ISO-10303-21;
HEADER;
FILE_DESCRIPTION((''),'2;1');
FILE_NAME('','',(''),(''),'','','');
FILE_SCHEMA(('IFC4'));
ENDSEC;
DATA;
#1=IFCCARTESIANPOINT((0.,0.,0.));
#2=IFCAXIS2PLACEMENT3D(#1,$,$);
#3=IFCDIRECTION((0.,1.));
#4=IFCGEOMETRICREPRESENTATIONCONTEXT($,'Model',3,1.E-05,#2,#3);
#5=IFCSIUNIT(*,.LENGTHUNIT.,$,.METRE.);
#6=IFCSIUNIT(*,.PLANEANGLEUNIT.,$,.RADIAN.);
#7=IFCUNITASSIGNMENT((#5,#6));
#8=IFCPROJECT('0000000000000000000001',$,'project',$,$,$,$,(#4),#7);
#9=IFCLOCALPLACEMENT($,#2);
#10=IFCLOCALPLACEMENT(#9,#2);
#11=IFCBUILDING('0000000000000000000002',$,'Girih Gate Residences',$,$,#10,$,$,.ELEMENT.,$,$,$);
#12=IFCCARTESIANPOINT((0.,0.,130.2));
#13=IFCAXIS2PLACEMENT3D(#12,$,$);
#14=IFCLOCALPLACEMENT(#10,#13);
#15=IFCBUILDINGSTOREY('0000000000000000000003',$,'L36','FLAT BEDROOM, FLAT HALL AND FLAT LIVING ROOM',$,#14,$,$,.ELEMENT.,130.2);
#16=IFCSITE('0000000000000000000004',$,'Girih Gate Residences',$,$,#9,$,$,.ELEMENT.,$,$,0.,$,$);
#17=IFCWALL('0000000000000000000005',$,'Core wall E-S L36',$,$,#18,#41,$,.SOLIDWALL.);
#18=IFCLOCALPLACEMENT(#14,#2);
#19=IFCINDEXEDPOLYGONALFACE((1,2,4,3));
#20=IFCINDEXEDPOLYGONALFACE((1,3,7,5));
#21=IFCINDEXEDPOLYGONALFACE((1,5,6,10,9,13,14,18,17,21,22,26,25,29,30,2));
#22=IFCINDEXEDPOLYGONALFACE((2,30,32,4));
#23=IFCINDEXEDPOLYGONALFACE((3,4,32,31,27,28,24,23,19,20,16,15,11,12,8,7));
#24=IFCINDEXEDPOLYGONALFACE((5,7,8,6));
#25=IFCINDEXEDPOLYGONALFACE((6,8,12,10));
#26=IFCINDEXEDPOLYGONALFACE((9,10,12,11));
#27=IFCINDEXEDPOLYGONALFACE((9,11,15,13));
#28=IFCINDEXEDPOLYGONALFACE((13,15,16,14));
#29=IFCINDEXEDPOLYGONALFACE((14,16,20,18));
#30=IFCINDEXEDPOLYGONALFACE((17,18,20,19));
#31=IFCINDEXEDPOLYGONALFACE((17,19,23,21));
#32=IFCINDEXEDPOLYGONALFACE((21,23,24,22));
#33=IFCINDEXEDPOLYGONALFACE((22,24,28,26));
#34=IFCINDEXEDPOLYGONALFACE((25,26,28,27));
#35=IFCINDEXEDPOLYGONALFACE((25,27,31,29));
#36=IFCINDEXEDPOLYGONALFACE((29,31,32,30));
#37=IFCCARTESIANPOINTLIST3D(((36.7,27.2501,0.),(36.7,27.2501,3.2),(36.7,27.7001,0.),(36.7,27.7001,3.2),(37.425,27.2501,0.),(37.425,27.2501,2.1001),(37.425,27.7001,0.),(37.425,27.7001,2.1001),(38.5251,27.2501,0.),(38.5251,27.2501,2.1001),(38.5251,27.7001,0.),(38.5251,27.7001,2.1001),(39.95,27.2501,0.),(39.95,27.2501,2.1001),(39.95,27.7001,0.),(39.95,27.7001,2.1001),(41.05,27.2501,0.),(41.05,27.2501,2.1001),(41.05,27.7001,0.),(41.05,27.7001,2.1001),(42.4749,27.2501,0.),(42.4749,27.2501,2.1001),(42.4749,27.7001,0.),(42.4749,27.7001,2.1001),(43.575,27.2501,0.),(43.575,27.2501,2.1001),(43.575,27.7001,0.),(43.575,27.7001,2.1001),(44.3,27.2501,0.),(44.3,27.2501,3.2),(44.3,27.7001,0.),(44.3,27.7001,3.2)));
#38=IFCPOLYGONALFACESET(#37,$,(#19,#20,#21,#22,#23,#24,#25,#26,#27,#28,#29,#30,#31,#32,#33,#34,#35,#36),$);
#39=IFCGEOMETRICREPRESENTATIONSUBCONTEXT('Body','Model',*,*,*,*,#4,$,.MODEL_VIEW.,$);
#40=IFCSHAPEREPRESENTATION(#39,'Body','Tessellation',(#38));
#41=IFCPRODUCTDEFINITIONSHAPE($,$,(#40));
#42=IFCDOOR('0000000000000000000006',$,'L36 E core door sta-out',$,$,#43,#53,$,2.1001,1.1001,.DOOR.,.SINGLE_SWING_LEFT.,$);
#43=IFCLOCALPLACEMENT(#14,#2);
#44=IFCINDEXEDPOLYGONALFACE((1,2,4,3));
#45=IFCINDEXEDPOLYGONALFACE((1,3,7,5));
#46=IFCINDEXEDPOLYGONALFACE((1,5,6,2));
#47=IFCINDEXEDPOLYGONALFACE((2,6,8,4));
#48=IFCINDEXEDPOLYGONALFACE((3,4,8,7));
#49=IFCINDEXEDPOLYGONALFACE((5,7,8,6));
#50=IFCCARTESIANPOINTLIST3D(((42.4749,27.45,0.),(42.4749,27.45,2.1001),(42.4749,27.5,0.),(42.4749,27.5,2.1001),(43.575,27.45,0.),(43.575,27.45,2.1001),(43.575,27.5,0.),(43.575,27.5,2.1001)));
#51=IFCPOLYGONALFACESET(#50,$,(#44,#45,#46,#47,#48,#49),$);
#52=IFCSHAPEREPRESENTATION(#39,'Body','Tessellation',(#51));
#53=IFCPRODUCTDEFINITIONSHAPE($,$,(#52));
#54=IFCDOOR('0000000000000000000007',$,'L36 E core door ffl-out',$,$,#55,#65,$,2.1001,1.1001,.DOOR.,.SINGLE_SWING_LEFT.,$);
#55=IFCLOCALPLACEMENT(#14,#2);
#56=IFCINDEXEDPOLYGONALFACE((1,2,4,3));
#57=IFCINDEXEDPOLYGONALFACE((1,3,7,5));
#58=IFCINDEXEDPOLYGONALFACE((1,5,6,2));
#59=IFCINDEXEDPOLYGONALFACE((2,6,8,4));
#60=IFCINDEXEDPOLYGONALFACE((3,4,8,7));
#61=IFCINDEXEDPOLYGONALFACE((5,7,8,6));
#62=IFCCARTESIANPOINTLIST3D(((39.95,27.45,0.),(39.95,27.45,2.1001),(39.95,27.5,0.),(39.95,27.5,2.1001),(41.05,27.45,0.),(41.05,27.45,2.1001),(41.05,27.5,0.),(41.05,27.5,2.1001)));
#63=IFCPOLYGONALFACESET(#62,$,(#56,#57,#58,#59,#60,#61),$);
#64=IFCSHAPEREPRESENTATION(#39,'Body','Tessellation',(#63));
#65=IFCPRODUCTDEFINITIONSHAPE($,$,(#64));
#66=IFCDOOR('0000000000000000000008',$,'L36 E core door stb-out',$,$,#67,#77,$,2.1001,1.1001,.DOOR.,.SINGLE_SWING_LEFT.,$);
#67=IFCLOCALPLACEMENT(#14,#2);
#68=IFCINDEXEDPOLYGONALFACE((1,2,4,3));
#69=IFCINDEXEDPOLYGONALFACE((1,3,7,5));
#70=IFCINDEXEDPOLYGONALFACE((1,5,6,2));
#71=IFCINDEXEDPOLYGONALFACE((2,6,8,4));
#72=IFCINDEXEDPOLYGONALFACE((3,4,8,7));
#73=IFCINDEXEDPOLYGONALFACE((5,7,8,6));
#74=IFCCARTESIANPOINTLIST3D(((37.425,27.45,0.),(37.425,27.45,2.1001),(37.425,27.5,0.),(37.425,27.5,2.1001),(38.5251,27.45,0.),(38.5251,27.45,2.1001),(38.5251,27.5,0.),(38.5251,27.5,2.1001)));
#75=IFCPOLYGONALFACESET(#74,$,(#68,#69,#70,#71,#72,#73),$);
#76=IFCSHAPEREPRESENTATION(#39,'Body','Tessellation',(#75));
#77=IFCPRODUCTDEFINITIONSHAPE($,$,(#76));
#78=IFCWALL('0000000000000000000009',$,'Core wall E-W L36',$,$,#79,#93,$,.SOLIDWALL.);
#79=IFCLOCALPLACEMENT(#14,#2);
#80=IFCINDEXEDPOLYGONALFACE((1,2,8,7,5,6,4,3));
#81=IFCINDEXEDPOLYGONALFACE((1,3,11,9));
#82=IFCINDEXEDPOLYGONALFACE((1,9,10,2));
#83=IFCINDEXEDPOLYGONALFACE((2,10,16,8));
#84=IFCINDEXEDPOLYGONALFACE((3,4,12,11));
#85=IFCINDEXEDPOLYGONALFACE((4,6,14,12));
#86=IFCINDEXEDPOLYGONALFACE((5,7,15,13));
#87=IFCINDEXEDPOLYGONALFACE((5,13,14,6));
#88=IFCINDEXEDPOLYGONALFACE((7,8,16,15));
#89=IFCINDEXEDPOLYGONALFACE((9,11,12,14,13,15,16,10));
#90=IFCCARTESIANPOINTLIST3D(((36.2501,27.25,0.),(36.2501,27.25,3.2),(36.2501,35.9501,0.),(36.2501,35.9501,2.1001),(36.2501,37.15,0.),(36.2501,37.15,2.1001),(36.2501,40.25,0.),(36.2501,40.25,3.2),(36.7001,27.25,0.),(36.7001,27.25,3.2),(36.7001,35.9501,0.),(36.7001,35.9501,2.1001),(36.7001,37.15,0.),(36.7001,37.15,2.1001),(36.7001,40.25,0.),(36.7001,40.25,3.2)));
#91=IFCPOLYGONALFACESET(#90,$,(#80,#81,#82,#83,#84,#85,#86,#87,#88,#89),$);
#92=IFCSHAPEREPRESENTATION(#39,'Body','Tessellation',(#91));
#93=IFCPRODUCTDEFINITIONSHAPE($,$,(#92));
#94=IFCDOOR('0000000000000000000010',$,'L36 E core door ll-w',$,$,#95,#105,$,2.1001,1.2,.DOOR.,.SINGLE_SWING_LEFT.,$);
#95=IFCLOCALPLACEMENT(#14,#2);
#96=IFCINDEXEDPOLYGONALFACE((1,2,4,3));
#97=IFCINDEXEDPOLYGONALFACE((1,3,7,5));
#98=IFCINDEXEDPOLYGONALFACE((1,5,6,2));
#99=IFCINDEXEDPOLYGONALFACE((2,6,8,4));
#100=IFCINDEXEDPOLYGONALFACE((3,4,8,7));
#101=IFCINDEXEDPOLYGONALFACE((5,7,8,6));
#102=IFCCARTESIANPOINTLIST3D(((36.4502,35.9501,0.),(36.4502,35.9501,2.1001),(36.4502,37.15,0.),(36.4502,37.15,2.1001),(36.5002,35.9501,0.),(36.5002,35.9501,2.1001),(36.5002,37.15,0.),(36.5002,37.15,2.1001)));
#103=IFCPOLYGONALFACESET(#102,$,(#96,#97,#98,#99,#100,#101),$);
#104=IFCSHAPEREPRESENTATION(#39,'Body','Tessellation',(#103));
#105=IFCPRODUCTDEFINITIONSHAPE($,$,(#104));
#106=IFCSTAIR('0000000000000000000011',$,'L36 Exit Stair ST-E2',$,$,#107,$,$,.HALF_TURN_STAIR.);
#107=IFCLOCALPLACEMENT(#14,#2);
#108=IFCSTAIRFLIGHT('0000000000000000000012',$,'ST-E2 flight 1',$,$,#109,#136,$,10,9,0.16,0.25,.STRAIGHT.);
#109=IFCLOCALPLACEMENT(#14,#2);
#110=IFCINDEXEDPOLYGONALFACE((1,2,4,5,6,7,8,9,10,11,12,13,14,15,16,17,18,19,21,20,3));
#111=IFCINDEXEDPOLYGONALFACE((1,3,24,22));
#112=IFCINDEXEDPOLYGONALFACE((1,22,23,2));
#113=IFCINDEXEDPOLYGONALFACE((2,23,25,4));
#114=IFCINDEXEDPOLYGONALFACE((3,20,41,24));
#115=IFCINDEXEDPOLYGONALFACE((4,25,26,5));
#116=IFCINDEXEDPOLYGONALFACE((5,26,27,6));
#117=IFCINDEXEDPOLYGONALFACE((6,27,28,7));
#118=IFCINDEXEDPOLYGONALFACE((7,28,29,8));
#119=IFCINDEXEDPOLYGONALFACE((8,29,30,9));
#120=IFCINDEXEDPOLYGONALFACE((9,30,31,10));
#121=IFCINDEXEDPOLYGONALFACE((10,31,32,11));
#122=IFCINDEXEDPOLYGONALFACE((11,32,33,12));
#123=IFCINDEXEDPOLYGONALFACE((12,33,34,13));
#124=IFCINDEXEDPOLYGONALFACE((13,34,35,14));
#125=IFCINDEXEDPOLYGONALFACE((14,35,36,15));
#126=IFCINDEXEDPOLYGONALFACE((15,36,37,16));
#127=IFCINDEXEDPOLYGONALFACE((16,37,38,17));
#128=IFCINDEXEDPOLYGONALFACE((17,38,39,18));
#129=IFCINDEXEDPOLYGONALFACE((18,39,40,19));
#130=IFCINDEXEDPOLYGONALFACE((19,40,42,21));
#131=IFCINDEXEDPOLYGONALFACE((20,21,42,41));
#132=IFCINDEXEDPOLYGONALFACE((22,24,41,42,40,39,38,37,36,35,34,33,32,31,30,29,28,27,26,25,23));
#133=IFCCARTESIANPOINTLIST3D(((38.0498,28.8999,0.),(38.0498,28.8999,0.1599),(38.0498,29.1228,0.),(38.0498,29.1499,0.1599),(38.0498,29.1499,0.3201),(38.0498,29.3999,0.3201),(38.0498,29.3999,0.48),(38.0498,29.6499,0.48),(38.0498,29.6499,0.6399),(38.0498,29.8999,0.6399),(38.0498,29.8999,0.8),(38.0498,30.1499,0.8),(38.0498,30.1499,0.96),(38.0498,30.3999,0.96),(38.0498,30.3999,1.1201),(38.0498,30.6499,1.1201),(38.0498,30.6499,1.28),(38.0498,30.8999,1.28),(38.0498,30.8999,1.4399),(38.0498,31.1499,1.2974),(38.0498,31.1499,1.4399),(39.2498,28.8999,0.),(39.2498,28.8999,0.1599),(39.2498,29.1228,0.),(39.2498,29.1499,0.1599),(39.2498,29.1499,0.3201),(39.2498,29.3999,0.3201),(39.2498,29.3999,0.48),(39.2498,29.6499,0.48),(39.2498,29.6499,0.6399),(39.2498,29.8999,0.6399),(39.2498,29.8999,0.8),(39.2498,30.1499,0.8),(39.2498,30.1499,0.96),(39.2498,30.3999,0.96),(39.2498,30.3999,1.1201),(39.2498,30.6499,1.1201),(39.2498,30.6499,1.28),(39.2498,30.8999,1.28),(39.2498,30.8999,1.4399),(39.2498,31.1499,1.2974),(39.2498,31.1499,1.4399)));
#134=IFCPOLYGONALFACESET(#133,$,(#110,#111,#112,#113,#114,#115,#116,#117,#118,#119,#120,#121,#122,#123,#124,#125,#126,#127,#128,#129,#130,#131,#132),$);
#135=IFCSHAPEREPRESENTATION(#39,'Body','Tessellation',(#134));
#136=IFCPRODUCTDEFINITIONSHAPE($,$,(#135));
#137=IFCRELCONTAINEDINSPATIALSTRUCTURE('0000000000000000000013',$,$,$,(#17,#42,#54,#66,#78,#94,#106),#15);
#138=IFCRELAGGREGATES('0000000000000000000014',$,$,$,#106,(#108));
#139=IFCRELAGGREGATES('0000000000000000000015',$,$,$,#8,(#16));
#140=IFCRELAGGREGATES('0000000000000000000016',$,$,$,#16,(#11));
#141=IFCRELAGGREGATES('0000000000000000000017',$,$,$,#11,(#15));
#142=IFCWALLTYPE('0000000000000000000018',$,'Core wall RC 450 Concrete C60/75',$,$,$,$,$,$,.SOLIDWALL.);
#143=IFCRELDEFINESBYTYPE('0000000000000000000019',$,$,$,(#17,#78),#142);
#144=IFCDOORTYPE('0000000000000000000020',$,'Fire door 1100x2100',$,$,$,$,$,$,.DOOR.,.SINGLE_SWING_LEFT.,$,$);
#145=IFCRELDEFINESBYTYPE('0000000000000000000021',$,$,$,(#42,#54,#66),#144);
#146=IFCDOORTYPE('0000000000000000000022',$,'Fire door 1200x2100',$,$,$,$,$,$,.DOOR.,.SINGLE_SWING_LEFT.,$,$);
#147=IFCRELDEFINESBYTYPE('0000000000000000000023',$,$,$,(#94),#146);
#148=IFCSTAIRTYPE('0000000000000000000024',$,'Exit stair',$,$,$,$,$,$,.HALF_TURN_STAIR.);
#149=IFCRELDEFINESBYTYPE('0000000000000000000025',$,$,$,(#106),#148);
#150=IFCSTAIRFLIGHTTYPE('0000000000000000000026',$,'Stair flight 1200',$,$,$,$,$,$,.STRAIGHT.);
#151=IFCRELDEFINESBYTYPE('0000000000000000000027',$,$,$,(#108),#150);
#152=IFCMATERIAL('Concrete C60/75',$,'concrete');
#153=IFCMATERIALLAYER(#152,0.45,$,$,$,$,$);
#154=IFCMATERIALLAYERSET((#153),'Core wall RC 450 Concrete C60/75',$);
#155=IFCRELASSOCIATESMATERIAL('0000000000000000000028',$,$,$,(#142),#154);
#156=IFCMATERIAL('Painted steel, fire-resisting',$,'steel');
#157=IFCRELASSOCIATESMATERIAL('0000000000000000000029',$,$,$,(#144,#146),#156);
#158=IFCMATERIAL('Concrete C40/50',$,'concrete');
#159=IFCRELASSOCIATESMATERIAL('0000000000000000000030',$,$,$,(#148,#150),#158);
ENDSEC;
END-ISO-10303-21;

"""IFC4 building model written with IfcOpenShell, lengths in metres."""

from ifc_helpers import new_model, si_unit, direction, frame, frame_2d, origin, place, context, subcontext, project, spatial, polyline, rectangle, outline, extrude, material, layer, layer_set, type_object, element, fill, aggregate, save


model = new_model("IFC4")

# Units and contexts
model_context = context("Model", 3, precision=1e-05, world=origin(), true_north=direction((0.0, 1.0)))
body_context = subcontext(model_context, "Body", "Model", "MODEL_VIEW")
ifc_project = project(units=[si_unit("LENGTHUNIT", "METRE"), si_unit("PLANEANGLEUNIT", "RADIAN")], contexts=[model_context])

# Site, building, storey
site_placement = place(None, origin())
site = spatial("IfcSite", under=ifc_project, at=site_placement, Name="Girih Gate Residences", CompositionType="ELEMENT", RefElevation=0.0)
building_placement = place(site_placement, origin())
building = spatial("IfcBuilding", under=site, at=building_placement, Name="Girih Gate Residences", CompositionType="ELEMENT")
storey_placement = place(building_placement, frame((0.0, 0.0, 130.2)))
storey = spatial("IfcBuildingStorey", under=building, at=storey_placement, Name="L36", Description="FLAT BEDROOM, FLAT HALL AND FLAT LIVING ROOM", CompositionType="ELEMENT", Elevation=130.2)

# Shared definitions
ifc_material_1 = material(Name="Concrete C60/75", Category="concrete")

# Wall, openings, doors
ifc_layer_1 = layer(ifc_material_1, 0.45)
ifc_layer_set_1 = layer_set([ifc_layer_1], Name="Core wall RC 450 Concrete C60/75")
wall_type_1 = type_object("IfcWallType", Name="Core wall RC 450 Concrete C60/75", PredefinedType="SOLIDWALL", material=ifc_layer_set_1)
wall_1_placement = place(storey_placement, frame((36.7, 27.4751, 0.0), z_axis=(0.0, 0.0, 1.0), x_axis=(1.0, 0.0, 0.0)))
wall_1 = element("IfcWall", 1, at=wall_1_placement, inside=storey, type_object=wall_type_1, Name="Core wall E-S L36", PredefinedType="SOLIDWALL", context=body_context, shape_type="SweptSolid", body=[
    extrude(rectangle(XDim=7.6001, YDim=0.45, at=frame_2d((3.8, 0.0))), origin(), (0.0, 0.0, 1.0), 3.2),
])
opening_1_placement = place(wall_1_placement, frame((5.7749, 0.0, 0.0)))
opening_1 = element("IfcOpeningElement", 2, at=opening_1_placement, cuts=wall_1, PredefinedType="OPENING", context=body_context, shape_type="SweptSolid", body=[
    extrude(rectangle(XDim=1.1001, YDim=2.1001, at=frame_2d((0.55, 1.05))), frame((0.0, 0.2349, 0.0), z_axis=(0.0, -1.0, 0.0), x_axis=(1.0, 0.0, 0.0)), (0.0, 0.0, 1.0), 0.47),
])
opening_2_placement = place(wall_1_placement, frame((3.25, 0.0, 0.0)))
opening_2 = element("IfcOpeningElement", 3, at=opening_2_placement, cuts=wall_1, PredefinedType="OPENING", context=body_context, shape_type="SweptSolid", body=[
    extrude(rectangle(XDim=1.1001, YDim=2.1001, at=frame_2d((0.55, 1.05))), frame((0.0, 0.2349, 0.0), z_axis=(0.0, -1.0, 0.0), x_axis=(1.0, 0.0, 0.0)), (0.0, 0.0, 1.0), 0.47),
])
opening_3_placement = place(wall_1_placement, frame((0.7251, 0.0, 0.0)))
opening_3 = element("IfcOpeningElement", 4, at=opening_3_placement, cuts=wall_1, PredefinedType="OPENING", context=body_context, shape_type="SweptSolid", body=[
    extrude(rectangle(XDim=1.1001, YDim=2.1001, at=frame_2d((0.55, 1.05))), frame((0.0, 0.2349, 0.0), z_axis=(0.0, -1.0, 0.0), x_axis=(1.0, 0.0, 0.0)), (0.0, 0.0, 1.0), 0.47),
])
ifc_material_2 = material(Name="Painted steel, fire-resisting", Category="steel")
door_type_1 = type_object("IfcDoorType", Name="Fire door 1100x2100", OperationType="SINGLE_SWING_LEFT", PredefinedType="DOOR", material=ifc_material_2)
door_1_placement = place(opening_1_placement, origin())
door_1 = element("IfcDoor", 5, at=door_1_placement, inside=storey, type_object=door_type_1, Name="L36 E core door sta-out", OperationType="SINGLE_SWING_LEFT", OverallHeight=2.1001, OverallWidth=1.1001, PredefinedType="DOOR", context=body_context, shape_type="SweptSolid", body=[
    extrude(rectangle(XDim=1.1001, YDim=2.1001, at=frame_2d((0.55, 1.05))), frame((0.0, 0.0249, 0.0), z_axis=(0.0, -1.0, 0.0), x_axis=(1.0, 0.0, 0.0)), (0.0, 0.0, 1.0), 0.05),
])
fill(opening_1, door_1)
door_2_placement = place(opening_2_placement, origin())
door_2 = element("IfcDoor", 6, at=door_2_placement, inside=storey, type_object=door_type_1, Name="L36 E core door ffl-out", OperationType="SINGLE_SWING_LEFT", OverallHeight=2.1001, OverallWidth=1.1001, PredefinedType="DOOR", context=body_context, shape_type="SweptSolid", body=[
    extrude(rectangle(XDim=1.1001, YDim=2.1001, at=frame_2d((0.55, 1.05))), frame((0.0, 0.0249, 0.0), z_axis=(0.0, -1.0, 0.0), x_axis=(1.0, 0.0, 0.0)), (0.0, 0.0, 1.0), 0.05),
])
fill(opening_2, door_2)
door_3_placement = place(opening_3_placement, origin())
door_3 = element("IfcDoor", 7, at=door_3_placement, inside=storey, type_object=door_type_1, Name="L36 E core door stb-out", OperationType="SINGLE_SWING_LEFT", OverallHeight=2.1001, OverallWidth=1.1001, PredefinedType="DOOR", context=body_context, shape_type="SweptSolid", body=[
    extrude(rectangle(XDim=1.1001, YDim=2.1001, at=frame_2d((0.55, 1.05))), frame((0.0, 0.0249, 0.0), z_axis=(0.0, -1.0, 0.0), x_axis=(1.0, 0.0, 0.0)), (0.0, 0.0, 1.0), 0.05),
])
fill(opening_3, door_3)

# Wall, opening, door
wall_2_placement = place(storey_placement, frame((36.4751, 27.25, 0.0), z_axis=(0.0, 0.0, 1.0), x_axis=(0.0, 1.0, 0.0)))
wall_2 = element("IfcWall", 8, at=wall_2_placement, inside=storey, type_object=wall_type_1, Name="Core wall E-W L36", PredefinedType="SOLIDWALL", context=body_context, shape_type="SweptSolid", body=[
    extrude(rectangle(XDim=13.0, YDim=0.45, at=frame_2d((6.5, 0.0))), origin(), (0.0, 0.0, 1.0), 3.2),
])
opening_4_placement = place(wall_2_placement, frame((8.7, 0.0, 0.0)))
opening_4 = element("IfcOpeningElement", 9, at=opening_4_placement, cuts=wall_2, PredefinedType="OPENING", context=body_context, shape_type="SweptSolid", body=[
    extrude(rectangle(XDim=1.2, YDim=2.1001, at=frame_2d((0.6001, 1.05))), frame((0.0, 0.2349, 0.0), z_axis=(0.0, -1.0, 0.0), x_axis=(1.0, 0.0, 0.0)), (0.0, 0.0, 1.0), 0.47),
])
door_type_2 = type_object("IfcDoorType", Name="Fire door 1200x2100", OperationType="SINGLE_SWING_LEFT", PredefinedType="DOOR", material=ifc_material_2)
door_4_placement = place(opening_4_placement, origin())
door_4 = element("IfcDoor", 10, at=door_4_placement, inside=storey, type_object=door_type_2, Name="L36 E core door ll-w", OperationType="SINGLE_SWING_LEFT", OverallHeight=2.1001, OverallWidth=1.2, PredefinedType="DOOR", context=body_context, shape_type="SweptSolid", body=[
    extrude(rectangle(XDim=1.2, YDim=2.1001, at=frame_2d((0.6001, 1.05))), frame((0.0, 0.0249, 0.0), z_axis=(0.0, -1.0, 0.0), x_axis=(1.0, 0.0, 0.0)), (0.0, 0.0, 1.0), 0.05),
])
fill(opening_4, door_4)

# Stair, stair flight
ifc_material_3 = material(Name="Concrete C40/50", Category="concrete")
stair_type = type_object("IfcStairType", Name="Exit stair", PredefinedType="HALF_TURN_STAIR", material=ifc_material_3)
stair_placement = place(storey_placement, origin())
stair = element("IfcStair", 11, at=stair_placement, inside=storey, type_object=stair_type, Name="L36 Exit Stair ST-E2", PredefinedType="HALF_TURN_STAIR")
stair_flight_type = type_object("IfcStairFlightType", Name="Stair flight 1200", PredefinedType="STRAIGHT", material=ifc_material_3)
stair_flight_placement = place(storey_placement, frame((38.6499, 28.8999, 0.0), z_axis=(0.0, 0.0, 1.0), x_axis=(0.0, 1.0, 0.0)))
stair_flight = element("IfcStairFlight", 12, at=stair_flight_placement, type_object=stair_flight_type, Name="ST-E2 flight 1", NumberOfRisers=10, NumberOfTreads=9, PredefinedType="STRAIGHT", RiserHeight=0.16, TreadLength=0.25, context=body_context, shape_type="SweptSolid", body=[
    extrude(outline(polyline([(0.0, 0.0), (0.0, 0.1599), (0.25, 0.1599), (0.25, 0.3201), (0.5, 0.3201), (0.5, 0.48), (0.75, 0.48), (0.75, 0.6399), (1.0, 0.6399), (1.0, 0.8), (1.25, 0.8), (1.25, 0.96), (1.5, 0.96), (1.5, 1.1201), (1.75, 1.1201), (1.75, 1.28), (2.0, 1.28), (2.0, 1.4399), (2.25, 1.4399), (2.25, 1.6001), (2.25, 1.2974), (0.2229, 0.0), (0.0, 0.0)])), frame((0.0, 0.6001, 0.0), z_axis=(0.0, -1.0, 0.0), x_axis=(1.0, 0.0, 0.0)), (0.0, 0.0, 1.0), 1.2),
])
aggregate(stair, [stair_flight])

save(model, "model.ifc")
